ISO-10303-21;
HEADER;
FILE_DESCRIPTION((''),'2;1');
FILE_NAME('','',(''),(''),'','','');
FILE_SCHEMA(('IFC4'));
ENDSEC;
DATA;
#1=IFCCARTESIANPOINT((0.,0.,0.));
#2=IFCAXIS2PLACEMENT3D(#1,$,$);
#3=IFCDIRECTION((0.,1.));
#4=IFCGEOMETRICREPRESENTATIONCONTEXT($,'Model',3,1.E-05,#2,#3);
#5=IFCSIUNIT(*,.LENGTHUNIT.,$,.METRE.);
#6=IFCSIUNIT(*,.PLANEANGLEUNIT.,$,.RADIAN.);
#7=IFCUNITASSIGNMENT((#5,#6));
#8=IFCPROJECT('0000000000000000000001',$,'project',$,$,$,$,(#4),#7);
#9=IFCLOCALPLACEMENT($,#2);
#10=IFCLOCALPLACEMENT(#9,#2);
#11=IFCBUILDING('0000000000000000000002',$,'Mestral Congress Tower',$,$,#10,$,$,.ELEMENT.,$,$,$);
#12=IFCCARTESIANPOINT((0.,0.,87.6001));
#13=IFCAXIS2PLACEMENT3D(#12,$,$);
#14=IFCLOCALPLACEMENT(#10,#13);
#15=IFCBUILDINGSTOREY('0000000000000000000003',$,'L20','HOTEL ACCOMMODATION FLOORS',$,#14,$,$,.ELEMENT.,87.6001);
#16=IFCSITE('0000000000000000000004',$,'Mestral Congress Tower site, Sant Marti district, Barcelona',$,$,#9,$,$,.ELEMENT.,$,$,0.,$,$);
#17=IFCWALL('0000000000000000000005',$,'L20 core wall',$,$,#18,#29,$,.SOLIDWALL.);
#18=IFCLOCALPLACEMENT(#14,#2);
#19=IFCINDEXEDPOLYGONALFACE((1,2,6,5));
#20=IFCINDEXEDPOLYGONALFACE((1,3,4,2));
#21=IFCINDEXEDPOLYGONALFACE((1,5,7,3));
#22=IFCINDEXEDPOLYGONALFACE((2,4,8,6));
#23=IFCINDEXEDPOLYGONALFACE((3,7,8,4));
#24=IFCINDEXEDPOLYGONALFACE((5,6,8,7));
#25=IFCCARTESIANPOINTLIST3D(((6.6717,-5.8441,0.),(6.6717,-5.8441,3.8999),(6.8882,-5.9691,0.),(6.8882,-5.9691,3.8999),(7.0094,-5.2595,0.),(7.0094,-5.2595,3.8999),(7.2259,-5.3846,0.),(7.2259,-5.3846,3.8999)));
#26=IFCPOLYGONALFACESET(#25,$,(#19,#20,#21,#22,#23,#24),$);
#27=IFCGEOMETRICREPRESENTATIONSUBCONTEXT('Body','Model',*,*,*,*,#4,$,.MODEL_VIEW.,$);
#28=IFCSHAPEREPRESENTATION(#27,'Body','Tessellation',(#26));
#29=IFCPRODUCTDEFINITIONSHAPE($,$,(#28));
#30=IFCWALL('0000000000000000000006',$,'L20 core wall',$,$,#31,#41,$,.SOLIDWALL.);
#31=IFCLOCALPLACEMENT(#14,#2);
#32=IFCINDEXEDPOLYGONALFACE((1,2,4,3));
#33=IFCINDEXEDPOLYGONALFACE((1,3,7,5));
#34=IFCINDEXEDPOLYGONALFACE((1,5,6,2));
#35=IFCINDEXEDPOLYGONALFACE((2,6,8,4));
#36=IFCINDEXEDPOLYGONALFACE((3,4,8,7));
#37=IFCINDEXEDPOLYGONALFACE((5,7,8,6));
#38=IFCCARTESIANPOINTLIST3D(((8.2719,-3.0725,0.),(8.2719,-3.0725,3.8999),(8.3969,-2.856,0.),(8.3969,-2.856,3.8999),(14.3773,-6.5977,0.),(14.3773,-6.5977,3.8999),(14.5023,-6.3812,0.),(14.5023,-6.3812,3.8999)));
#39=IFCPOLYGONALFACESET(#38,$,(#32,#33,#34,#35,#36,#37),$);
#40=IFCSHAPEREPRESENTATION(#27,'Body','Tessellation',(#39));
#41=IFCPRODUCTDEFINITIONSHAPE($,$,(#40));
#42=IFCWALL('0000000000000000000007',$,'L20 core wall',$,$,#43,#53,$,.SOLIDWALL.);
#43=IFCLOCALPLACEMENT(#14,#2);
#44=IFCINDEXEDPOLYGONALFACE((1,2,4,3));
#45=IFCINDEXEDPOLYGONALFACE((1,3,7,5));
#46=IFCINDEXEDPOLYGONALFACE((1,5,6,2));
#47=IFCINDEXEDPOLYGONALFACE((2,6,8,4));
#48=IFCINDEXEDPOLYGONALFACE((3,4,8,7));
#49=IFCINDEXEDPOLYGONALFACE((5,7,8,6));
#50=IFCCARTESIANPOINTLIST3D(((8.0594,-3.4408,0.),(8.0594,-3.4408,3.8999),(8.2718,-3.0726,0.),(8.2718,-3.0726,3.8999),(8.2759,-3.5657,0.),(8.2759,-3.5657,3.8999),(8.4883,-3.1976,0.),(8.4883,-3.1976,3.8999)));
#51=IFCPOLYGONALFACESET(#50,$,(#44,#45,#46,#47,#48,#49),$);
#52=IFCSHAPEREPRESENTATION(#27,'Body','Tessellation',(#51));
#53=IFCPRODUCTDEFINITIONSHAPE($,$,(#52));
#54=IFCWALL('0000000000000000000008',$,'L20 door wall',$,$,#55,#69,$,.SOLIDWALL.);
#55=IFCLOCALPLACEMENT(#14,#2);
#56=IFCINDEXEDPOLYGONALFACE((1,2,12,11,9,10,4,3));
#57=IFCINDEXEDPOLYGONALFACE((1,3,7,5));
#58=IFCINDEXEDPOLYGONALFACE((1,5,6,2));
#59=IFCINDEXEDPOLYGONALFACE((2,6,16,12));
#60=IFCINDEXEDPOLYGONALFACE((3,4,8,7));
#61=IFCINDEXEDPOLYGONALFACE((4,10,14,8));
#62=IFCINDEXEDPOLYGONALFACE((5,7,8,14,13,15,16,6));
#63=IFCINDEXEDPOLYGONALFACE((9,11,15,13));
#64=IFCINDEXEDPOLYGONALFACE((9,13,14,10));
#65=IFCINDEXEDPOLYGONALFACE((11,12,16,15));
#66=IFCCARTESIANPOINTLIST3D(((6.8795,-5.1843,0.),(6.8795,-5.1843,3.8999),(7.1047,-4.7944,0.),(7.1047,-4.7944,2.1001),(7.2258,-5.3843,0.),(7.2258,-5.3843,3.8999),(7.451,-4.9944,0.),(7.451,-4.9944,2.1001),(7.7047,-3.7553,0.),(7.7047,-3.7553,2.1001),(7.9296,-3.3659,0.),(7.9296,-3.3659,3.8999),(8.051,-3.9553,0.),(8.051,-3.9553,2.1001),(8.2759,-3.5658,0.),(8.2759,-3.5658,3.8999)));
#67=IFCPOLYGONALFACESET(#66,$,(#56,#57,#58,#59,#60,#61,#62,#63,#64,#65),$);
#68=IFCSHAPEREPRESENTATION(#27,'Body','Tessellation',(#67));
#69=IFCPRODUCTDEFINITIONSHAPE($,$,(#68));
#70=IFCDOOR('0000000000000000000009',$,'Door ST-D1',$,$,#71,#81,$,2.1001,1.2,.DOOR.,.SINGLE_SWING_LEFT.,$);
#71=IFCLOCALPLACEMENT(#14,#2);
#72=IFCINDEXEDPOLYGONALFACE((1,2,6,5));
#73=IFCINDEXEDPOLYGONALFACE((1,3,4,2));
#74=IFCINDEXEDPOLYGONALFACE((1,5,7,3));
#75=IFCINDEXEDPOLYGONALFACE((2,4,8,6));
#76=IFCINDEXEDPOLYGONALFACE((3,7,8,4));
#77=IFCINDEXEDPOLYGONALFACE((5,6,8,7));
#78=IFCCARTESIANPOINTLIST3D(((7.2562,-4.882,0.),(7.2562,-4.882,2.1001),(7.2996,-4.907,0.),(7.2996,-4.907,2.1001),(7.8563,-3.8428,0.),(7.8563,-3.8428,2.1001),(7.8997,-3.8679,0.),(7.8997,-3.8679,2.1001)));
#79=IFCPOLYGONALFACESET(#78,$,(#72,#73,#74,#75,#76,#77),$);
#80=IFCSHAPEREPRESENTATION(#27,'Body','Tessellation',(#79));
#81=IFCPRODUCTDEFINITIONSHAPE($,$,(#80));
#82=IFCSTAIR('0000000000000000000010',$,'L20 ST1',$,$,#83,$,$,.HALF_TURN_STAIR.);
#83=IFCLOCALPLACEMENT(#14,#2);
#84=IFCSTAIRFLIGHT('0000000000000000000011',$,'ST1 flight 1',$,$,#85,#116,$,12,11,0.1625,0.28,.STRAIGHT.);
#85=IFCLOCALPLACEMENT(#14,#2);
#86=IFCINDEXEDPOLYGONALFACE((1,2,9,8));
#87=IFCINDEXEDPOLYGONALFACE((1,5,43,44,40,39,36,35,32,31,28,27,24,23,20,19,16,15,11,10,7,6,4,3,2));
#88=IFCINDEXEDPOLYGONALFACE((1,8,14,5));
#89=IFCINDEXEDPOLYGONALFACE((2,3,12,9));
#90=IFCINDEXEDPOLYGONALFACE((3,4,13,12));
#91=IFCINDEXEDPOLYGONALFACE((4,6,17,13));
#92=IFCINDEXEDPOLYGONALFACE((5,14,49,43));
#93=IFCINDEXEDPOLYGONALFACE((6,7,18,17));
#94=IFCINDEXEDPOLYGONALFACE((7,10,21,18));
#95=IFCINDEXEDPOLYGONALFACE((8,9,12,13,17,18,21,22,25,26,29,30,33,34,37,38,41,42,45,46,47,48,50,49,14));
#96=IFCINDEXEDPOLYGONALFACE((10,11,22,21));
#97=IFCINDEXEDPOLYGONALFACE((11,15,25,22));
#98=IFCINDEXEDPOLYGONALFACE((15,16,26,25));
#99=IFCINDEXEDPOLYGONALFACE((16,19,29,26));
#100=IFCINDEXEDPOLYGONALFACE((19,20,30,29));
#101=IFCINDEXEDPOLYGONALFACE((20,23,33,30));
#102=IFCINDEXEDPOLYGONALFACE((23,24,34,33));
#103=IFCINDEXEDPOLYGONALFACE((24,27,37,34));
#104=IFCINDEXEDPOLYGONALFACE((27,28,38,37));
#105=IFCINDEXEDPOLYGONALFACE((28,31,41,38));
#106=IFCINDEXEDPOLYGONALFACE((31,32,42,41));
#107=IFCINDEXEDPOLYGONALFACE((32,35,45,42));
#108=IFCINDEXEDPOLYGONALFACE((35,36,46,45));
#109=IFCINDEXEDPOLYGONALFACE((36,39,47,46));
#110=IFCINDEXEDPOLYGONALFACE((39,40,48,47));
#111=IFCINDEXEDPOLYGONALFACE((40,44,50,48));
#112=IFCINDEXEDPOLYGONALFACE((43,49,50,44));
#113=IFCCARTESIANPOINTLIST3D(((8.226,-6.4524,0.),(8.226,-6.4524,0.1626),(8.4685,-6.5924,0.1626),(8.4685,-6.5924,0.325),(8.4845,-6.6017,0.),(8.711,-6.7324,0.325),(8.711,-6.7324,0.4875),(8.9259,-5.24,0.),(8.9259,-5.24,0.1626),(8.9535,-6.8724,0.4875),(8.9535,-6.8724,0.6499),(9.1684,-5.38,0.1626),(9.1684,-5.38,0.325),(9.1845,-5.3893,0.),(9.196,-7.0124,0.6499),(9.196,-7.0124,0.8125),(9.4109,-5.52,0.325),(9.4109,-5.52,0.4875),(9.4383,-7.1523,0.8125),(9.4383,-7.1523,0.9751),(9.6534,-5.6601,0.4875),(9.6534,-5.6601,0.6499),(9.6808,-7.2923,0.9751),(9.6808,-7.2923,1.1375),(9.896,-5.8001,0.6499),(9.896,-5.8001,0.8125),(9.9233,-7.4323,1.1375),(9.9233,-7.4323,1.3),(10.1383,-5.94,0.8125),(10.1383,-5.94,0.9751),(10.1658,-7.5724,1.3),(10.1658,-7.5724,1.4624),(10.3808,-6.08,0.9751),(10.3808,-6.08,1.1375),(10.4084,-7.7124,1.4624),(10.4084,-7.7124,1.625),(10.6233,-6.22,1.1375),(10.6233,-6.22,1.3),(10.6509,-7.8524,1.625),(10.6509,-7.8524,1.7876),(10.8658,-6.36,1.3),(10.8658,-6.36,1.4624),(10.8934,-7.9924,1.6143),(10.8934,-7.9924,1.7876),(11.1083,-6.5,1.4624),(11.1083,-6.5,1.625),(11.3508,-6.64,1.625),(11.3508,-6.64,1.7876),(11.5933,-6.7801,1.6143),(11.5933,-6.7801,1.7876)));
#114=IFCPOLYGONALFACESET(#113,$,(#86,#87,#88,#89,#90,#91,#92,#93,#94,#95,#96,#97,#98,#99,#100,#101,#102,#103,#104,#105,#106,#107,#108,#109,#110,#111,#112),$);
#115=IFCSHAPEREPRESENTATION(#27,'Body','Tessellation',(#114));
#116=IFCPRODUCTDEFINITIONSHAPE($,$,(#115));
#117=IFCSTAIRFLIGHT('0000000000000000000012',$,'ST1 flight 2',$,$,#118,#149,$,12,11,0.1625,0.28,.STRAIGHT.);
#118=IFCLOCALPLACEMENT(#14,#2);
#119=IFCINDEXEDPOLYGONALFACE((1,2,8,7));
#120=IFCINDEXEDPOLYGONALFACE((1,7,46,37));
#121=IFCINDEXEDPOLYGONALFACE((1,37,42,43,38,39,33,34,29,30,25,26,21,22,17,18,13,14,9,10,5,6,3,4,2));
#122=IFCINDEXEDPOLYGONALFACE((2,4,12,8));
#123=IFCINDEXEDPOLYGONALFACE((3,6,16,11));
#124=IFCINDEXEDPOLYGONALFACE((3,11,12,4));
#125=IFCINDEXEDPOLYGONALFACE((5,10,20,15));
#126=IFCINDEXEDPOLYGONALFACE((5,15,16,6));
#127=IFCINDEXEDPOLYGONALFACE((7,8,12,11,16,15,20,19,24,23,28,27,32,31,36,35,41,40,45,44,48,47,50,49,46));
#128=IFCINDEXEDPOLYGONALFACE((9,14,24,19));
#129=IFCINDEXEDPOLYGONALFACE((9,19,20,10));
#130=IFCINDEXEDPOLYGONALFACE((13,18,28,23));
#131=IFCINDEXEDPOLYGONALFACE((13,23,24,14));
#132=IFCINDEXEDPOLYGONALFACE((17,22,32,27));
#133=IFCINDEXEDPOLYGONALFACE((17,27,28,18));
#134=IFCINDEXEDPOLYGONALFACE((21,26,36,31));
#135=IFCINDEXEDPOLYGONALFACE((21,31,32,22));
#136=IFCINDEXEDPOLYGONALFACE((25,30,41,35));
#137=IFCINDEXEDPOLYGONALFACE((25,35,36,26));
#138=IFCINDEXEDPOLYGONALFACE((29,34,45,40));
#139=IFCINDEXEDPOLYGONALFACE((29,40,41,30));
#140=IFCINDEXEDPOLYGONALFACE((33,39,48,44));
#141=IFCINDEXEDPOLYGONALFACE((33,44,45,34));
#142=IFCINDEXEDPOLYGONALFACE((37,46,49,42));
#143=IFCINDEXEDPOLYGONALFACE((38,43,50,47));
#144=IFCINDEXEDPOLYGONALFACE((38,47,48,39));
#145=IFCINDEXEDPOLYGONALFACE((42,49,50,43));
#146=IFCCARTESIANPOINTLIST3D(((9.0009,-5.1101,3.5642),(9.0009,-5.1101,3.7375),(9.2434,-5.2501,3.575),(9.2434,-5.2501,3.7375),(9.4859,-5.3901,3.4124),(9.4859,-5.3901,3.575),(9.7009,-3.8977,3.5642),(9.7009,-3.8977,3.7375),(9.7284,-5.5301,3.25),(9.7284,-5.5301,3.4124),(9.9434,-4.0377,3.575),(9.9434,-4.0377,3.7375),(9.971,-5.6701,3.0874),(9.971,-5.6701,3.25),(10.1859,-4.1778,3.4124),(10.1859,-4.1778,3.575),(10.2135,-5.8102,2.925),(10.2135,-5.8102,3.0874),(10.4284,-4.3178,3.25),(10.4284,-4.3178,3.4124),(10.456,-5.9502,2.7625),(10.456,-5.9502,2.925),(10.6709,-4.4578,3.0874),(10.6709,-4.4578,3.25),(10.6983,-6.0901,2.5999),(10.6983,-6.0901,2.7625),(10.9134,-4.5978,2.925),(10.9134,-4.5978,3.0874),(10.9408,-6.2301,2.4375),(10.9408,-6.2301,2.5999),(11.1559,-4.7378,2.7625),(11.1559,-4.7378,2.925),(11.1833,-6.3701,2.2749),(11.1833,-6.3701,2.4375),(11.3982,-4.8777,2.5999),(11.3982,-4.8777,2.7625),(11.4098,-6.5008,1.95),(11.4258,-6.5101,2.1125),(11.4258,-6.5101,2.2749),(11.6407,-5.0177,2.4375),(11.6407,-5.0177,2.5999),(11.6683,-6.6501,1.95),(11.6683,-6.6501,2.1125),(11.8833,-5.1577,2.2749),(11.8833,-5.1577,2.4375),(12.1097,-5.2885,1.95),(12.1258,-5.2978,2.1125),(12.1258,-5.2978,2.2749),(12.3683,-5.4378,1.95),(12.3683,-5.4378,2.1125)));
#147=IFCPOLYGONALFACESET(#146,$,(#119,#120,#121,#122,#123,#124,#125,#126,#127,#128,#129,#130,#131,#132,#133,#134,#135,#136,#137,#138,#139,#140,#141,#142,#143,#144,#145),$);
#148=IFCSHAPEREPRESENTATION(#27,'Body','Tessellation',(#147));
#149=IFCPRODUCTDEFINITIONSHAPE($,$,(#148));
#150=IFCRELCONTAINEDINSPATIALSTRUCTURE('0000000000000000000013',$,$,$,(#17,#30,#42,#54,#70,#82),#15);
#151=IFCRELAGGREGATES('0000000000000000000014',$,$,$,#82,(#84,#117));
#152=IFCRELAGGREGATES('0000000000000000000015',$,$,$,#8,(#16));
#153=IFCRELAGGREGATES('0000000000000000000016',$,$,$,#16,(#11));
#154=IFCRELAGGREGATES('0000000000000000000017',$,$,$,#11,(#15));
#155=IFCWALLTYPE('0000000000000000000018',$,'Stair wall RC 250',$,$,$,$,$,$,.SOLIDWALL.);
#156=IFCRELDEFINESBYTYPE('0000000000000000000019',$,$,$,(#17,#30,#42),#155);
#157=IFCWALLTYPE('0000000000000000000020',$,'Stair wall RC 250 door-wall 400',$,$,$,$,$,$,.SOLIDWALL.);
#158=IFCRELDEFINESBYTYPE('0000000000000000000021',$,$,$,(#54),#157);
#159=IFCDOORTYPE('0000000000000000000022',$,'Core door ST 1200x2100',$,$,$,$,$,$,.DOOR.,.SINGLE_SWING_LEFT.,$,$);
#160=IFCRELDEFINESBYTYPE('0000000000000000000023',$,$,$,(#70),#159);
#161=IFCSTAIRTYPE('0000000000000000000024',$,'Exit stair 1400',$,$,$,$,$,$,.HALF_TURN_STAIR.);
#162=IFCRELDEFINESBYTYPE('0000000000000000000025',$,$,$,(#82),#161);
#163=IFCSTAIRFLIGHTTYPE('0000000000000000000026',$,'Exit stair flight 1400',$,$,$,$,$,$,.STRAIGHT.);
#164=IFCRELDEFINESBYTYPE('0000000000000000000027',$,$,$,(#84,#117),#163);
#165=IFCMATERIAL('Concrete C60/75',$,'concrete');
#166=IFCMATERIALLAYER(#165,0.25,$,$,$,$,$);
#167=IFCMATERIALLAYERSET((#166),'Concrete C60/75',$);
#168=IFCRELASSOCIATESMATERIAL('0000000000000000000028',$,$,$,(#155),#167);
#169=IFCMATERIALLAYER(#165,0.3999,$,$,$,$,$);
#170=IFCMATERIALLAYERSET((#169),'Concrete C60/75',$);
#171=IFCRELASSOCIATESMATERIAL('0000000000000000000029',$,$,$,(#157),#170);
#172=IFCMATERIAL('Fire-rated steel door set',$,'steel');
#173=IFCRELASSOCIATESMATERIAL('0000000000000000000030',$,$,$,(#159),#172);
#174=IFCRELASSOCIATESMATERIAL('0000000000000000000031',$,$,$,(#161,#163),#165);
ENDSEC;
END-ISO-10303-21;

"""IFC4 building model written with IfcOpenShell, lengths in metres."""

from ifc_helpers import new_model, si_unit, direction, frame, frame_2d, origin, place, context, subcontext, project, spatial, polyline, rectangle, outline, extrude, material, layer, layer_set, type_object, element, fill, aggregate, save


model = new_model("IFC4")

# Units and contexts
model_context = context("Model", 3, precision=1e-05, world=origin(), true_north=direction((0.0, 1.0)))
body_context = subcontext(model_context, "Body", "Model", "MODEL_VIEW")
ifc_project = project(units=[si_unit("LENGTHUNIT", "METRE"), si_unit("PLANEANGLEUNIT", "RADIAN")], contexts=[model_context])

# Site, building, storey
site_placement = place(None, origin())
site = spatial("IfcSite", under=ifc_project, at=site_placement, Name="Mestral Congress Tower site, Sant Marti district, Barcelona", CompositionType="ELEMENT", RefElevation=0.0)
building_placement = place(site_placement, origin())
building = spatial("IfcBuilding", under=site, at=building_placement, Name="Mestral Congress Tower", CompositionType="ELEMENT")
storey_placement = place(building_placement, frame((0.0, 0.0, 87.6001)))
storey = spatial("IfcBuildingStorey", under=building, at=storey_placement, Name="L20", Description="HOTEL ACCOMMODATION FLOORS", CompositionType="ELEMENT", Elevation=87.6001)

# Shared definitions
ifc_material_1 = material(Name="Fire-rated steel door set", Category="steel")

# Shared definitions
ifc_material_2 = material(Name="Concrete C60/75", Category="concrete")

# Walls
ifc_layer_1 = layer(ifc_material_2, 0.25)
ifc_layer_set_1 = layer_set([ifc_layer_1], Name="Concrete C60/75")
wall_type_1 = type_object("IfcWallType", Name="Stair wall RC 250", PredefinedType="SOLIDWALL", material=ifc_layer_set_1)
wall_1_placement = place(storey_placement, frame((6.78, -5.9065, 0.0), z_axis=(0.0, 0.0, 1.0), x_axis=(0.500223, 0.865896, 0.0)))
element("IfcWall", 1, at=wall_1_placement, inside=storey, type_object=wall_type_1, Name="L20 core wall", PredefinedType="SOLIDWALL", context=body_context, shape_type="SweptSolid", body=[
    extrude(rectangle(XDim=0.675, YDim=0.25, at=frame_2d((0.3374, 0.0))), origin(), (0.0, 0.0, 1.0), 3.8999),
])
wall_2_placement = place(storey_placement, frame((8.3345, -2.9644, 0.0), z_axis=(0.0, 0.0, 1.0), x_axis=(0.866016, -0.500016, 0.0)))
element("IfcWall", 2, at=wall_2_placement, inside=storey, type_object=wall_type_1, Name="L20 core wall", PredefinedType="SOLIDWALL", context=body_context, shape_type="SweptSolid", body=[
    extrude(rectangle(XDim=7.05, YDim=0.25, at=frame_2d((3.5249, 0.0))), origin(), (0.0, 0.0, 1.0), 3.8999),
])
wall_3_placement = place(storey_placement, frame((8.1677, -3.5032, 0.0), z_axis=(0.0, 0.0, 1.0), x_axis=(0.499722, 0.866186, 0.0)))
element("IfcWall", 3, at=wall_3_placement, inside=storey, type_object=wall_type_1, Name="L20 core wall", PredefinedType="SOLIDWALL", context=body_context, shape_type="SweptSolid", body=[
    extrude(rectangle(XDim=0.425, YDim=0.25, at=frame_2d((0.2124, 0.0))), origin(), (0.0, 0.0, 1.0), 3.8999),
])

# Wall, opening, door
ifc_layer_2 = layer(ifc_material_2, 0.3999)
ifc_layer_set_2 = layer_set([ifc_layer_2], Name="Concrete C60/75")
wall_type_2 = type_object("IfcWallType", Name="Stair wall RC 250 door-wall 400", PredefinedType="SOLIDWALL", material=ifc_layer_set_2)
wall_4_placement = place(storey_placement, frame((7.0527, -5.2842, 0.0), z_axis=(0.0, 0.0, 1.0), x_axis=(0.500078, 0.86598, 0.0)))
wall_4 = element("IfcWall", 4, at=wall_4_placement, inside=storey, type_object=wall_type_2, Name="L20 door wall", PredefinedType="SOLIDWALL", context=body_context, shape_type="SweptSolid", body=[
    extrude(rectangle(XDim=2.0999, YDim=0.3999, at=frame_2d((1.0498, 0.0))), origin(), (0.0, 0.0, 1.0), 3.8999),
])
opening_1_placement = place(wall_4_placement, frame((0.45, 0.0, 0.0)))
opening_1 = element("IfcOpeningElement", 5, at=opening_1_placement, cuts=wall_4, PredefinedType="OPENING", context=body_context, shape_type="SweptSolid", body=[
    extrude(rectangle(XDim=1.2, YDim=2.1001, at=frame_2d((0.6001, 1.05))), frame((0.0, 0.21, 0.0), z_axis=(0.0, -1.0, 0.0), x_axis=(1.0, 0.0, 0.0)), (0.0, 0.0, 1.0), 0.4199),
])
door_type_1 = type_object("IfcDoorType", Name="Core door ST 1200x2100", OperationType="SINGLE_SWING_LEFT", PredefinedType="DOOR", material=ifc_material_1)
door_1_placement = place(opening_1_placement, origin())
door_1 = element("IfcDoor", 6, at=door_1_placement, inside=storey, type_object=door_type_1, Name="Door ST-D1", OperationType="SINGLE_SWING_LEFT", OverallHeight=2.1001, OverallWidth=1.2, PredefinedType="DOOR", context=body_context, shape_type="SweptSolid", body=[
    extrude(rectangle(XDim=1.2, YDim=2.1001, at=frame_2d((0.6001, 1.05))), frame((0.0, 0.0249, 0.0), z_axis=(0.0, -1.0, 0.0), x_axis=(1.0, 0.0, 0.0)), (0.0, 0.0, 1.0), 0.05),
])
fill(opening_1, door_1)

# Stair, stair flights
stair_type = type_object("IfcStairType", Name="Exit stair 1400", PredefinedType="HALF_TURN_STAIR", material=ifc_material_2)
stair_placement = place(storey_placement, origin())
stair = element("IfcStair", 7, at=stair_placement, inside=storey, type_object=stair_type, Name="L20 ST1", PredefinedType="HALF_TURN_STAIR")
stair_flight_type = type_object("IfcStairFlightType", Name="Exit stair flight 1400", PredefinedType="STRAIGHT", material=ifc_material_2)
stair_flight_1_placement = place(storey_placement, frame((8.5759, -5.8462, 0.0), z_axis=(0.0, 0.0, 1.0), x_axis=(0.866025, -0.5, 0.0)))
stair_flight_1 = element("IfcStairFlight", 8, at=stair_flight_1_placement, type_object=stair_flight_type, Name="ST1 flight 1", NumberOfRisers=12, NumberOfTreads=11, PredefinedType="STRAIGHT", RiserHeight=0.1625, TreadLength=0.28, context=body_context, shape_type="SweptSolid", body=[
    extrude(outline(polyline([(0.0, 0.0), (0.0, 0.1626), (0.28, 0.1626), (0.28, 0.325), (0.5601, 0.325), (0.5601, 0.4875), (0.8401, 0.4875), (0.8401, 0.6499), (1.1201, 0.6499), (1.1201, 0.8125), (1.3999, 0.8125), (1.3999, 0.9751), (1.6799, 0.9751), (1.6799, 1.1375), (1.96, 1.1375), (1.96, 1.3), (2.24, 1.3), (2.24, 1.4624), (2.52, 1.4624), (2.52, 1.625), (2.8, 1.625), (2.8, 1.7876), (3.0801, 1.7876), (3.0801, 1.95), (3.0801, 1.6143), (0.2986, 0.0), (0.0, 0.0)])), frame((0.0, 0.7, 0.0), z_axis=(0.0, -1.0, 0.0), x_axis=(1.0, 0.0, 0.0)), (0.0, 0.0, 1.0), 1.3999),
])
stair_flight_2_placement = place(storey_placement, frame((12.0183, -6.0439, 1.95), z_axis=(0.0, 0.0, 1.0), x_axis=(-0.866025, 0.5, 0.0)))
stair_flight_2 = element("IfcStairFlight", 9, at=stair_flight_2_placement, type_object=stair_flight_type, Name="ST1 flight 2", NumberOfRisers=12, NumberOfTreads=11, PredefinedType="STRAIGHT", RiserHeight=0.1625, TreadLength=0.28, context=body_context, shape_type="SweptSolid", body=[
    extrude(outline(polyline([(0.0, 0.0), (0.0, 0.1626), (0.28, 0.1626), (0.28, 0.325), (0.5601, 0.325), (0.5601, 0.4875), (0.8401, 0.4875), (0.8401, 0.6499), (1.1201, 0.6499), (1.1201, 0.8125), (1.3999, 0.8125), (1.3999, 0.9751), (1.6799, 0.9751), (1.6799, 1.1375), (1.96, 1.1375), (1.96, 1.3), (2.24, 1.3), (2.24, 1.4624), (2.52, 1.4624), (2.52, 1.625), (2.8, 1.625), (2.8, 1.7876), (3.0801, 1.7876), (3.0801, 1.95), (3.0801, 1.6143), (0.2986, 0.0), (0.0, 0.0)])), frame((0.0, 0.7, 0.0), z_axis=(0.0, -1.0, 0.0), x_axis=(1.0, 0.0, 0.0)), (0.0, 0.0, 1.0), 1.3999),
])
aggregate(stair, [stair_flight_1, stair_flight_2])

save(model, "model.ifc")
